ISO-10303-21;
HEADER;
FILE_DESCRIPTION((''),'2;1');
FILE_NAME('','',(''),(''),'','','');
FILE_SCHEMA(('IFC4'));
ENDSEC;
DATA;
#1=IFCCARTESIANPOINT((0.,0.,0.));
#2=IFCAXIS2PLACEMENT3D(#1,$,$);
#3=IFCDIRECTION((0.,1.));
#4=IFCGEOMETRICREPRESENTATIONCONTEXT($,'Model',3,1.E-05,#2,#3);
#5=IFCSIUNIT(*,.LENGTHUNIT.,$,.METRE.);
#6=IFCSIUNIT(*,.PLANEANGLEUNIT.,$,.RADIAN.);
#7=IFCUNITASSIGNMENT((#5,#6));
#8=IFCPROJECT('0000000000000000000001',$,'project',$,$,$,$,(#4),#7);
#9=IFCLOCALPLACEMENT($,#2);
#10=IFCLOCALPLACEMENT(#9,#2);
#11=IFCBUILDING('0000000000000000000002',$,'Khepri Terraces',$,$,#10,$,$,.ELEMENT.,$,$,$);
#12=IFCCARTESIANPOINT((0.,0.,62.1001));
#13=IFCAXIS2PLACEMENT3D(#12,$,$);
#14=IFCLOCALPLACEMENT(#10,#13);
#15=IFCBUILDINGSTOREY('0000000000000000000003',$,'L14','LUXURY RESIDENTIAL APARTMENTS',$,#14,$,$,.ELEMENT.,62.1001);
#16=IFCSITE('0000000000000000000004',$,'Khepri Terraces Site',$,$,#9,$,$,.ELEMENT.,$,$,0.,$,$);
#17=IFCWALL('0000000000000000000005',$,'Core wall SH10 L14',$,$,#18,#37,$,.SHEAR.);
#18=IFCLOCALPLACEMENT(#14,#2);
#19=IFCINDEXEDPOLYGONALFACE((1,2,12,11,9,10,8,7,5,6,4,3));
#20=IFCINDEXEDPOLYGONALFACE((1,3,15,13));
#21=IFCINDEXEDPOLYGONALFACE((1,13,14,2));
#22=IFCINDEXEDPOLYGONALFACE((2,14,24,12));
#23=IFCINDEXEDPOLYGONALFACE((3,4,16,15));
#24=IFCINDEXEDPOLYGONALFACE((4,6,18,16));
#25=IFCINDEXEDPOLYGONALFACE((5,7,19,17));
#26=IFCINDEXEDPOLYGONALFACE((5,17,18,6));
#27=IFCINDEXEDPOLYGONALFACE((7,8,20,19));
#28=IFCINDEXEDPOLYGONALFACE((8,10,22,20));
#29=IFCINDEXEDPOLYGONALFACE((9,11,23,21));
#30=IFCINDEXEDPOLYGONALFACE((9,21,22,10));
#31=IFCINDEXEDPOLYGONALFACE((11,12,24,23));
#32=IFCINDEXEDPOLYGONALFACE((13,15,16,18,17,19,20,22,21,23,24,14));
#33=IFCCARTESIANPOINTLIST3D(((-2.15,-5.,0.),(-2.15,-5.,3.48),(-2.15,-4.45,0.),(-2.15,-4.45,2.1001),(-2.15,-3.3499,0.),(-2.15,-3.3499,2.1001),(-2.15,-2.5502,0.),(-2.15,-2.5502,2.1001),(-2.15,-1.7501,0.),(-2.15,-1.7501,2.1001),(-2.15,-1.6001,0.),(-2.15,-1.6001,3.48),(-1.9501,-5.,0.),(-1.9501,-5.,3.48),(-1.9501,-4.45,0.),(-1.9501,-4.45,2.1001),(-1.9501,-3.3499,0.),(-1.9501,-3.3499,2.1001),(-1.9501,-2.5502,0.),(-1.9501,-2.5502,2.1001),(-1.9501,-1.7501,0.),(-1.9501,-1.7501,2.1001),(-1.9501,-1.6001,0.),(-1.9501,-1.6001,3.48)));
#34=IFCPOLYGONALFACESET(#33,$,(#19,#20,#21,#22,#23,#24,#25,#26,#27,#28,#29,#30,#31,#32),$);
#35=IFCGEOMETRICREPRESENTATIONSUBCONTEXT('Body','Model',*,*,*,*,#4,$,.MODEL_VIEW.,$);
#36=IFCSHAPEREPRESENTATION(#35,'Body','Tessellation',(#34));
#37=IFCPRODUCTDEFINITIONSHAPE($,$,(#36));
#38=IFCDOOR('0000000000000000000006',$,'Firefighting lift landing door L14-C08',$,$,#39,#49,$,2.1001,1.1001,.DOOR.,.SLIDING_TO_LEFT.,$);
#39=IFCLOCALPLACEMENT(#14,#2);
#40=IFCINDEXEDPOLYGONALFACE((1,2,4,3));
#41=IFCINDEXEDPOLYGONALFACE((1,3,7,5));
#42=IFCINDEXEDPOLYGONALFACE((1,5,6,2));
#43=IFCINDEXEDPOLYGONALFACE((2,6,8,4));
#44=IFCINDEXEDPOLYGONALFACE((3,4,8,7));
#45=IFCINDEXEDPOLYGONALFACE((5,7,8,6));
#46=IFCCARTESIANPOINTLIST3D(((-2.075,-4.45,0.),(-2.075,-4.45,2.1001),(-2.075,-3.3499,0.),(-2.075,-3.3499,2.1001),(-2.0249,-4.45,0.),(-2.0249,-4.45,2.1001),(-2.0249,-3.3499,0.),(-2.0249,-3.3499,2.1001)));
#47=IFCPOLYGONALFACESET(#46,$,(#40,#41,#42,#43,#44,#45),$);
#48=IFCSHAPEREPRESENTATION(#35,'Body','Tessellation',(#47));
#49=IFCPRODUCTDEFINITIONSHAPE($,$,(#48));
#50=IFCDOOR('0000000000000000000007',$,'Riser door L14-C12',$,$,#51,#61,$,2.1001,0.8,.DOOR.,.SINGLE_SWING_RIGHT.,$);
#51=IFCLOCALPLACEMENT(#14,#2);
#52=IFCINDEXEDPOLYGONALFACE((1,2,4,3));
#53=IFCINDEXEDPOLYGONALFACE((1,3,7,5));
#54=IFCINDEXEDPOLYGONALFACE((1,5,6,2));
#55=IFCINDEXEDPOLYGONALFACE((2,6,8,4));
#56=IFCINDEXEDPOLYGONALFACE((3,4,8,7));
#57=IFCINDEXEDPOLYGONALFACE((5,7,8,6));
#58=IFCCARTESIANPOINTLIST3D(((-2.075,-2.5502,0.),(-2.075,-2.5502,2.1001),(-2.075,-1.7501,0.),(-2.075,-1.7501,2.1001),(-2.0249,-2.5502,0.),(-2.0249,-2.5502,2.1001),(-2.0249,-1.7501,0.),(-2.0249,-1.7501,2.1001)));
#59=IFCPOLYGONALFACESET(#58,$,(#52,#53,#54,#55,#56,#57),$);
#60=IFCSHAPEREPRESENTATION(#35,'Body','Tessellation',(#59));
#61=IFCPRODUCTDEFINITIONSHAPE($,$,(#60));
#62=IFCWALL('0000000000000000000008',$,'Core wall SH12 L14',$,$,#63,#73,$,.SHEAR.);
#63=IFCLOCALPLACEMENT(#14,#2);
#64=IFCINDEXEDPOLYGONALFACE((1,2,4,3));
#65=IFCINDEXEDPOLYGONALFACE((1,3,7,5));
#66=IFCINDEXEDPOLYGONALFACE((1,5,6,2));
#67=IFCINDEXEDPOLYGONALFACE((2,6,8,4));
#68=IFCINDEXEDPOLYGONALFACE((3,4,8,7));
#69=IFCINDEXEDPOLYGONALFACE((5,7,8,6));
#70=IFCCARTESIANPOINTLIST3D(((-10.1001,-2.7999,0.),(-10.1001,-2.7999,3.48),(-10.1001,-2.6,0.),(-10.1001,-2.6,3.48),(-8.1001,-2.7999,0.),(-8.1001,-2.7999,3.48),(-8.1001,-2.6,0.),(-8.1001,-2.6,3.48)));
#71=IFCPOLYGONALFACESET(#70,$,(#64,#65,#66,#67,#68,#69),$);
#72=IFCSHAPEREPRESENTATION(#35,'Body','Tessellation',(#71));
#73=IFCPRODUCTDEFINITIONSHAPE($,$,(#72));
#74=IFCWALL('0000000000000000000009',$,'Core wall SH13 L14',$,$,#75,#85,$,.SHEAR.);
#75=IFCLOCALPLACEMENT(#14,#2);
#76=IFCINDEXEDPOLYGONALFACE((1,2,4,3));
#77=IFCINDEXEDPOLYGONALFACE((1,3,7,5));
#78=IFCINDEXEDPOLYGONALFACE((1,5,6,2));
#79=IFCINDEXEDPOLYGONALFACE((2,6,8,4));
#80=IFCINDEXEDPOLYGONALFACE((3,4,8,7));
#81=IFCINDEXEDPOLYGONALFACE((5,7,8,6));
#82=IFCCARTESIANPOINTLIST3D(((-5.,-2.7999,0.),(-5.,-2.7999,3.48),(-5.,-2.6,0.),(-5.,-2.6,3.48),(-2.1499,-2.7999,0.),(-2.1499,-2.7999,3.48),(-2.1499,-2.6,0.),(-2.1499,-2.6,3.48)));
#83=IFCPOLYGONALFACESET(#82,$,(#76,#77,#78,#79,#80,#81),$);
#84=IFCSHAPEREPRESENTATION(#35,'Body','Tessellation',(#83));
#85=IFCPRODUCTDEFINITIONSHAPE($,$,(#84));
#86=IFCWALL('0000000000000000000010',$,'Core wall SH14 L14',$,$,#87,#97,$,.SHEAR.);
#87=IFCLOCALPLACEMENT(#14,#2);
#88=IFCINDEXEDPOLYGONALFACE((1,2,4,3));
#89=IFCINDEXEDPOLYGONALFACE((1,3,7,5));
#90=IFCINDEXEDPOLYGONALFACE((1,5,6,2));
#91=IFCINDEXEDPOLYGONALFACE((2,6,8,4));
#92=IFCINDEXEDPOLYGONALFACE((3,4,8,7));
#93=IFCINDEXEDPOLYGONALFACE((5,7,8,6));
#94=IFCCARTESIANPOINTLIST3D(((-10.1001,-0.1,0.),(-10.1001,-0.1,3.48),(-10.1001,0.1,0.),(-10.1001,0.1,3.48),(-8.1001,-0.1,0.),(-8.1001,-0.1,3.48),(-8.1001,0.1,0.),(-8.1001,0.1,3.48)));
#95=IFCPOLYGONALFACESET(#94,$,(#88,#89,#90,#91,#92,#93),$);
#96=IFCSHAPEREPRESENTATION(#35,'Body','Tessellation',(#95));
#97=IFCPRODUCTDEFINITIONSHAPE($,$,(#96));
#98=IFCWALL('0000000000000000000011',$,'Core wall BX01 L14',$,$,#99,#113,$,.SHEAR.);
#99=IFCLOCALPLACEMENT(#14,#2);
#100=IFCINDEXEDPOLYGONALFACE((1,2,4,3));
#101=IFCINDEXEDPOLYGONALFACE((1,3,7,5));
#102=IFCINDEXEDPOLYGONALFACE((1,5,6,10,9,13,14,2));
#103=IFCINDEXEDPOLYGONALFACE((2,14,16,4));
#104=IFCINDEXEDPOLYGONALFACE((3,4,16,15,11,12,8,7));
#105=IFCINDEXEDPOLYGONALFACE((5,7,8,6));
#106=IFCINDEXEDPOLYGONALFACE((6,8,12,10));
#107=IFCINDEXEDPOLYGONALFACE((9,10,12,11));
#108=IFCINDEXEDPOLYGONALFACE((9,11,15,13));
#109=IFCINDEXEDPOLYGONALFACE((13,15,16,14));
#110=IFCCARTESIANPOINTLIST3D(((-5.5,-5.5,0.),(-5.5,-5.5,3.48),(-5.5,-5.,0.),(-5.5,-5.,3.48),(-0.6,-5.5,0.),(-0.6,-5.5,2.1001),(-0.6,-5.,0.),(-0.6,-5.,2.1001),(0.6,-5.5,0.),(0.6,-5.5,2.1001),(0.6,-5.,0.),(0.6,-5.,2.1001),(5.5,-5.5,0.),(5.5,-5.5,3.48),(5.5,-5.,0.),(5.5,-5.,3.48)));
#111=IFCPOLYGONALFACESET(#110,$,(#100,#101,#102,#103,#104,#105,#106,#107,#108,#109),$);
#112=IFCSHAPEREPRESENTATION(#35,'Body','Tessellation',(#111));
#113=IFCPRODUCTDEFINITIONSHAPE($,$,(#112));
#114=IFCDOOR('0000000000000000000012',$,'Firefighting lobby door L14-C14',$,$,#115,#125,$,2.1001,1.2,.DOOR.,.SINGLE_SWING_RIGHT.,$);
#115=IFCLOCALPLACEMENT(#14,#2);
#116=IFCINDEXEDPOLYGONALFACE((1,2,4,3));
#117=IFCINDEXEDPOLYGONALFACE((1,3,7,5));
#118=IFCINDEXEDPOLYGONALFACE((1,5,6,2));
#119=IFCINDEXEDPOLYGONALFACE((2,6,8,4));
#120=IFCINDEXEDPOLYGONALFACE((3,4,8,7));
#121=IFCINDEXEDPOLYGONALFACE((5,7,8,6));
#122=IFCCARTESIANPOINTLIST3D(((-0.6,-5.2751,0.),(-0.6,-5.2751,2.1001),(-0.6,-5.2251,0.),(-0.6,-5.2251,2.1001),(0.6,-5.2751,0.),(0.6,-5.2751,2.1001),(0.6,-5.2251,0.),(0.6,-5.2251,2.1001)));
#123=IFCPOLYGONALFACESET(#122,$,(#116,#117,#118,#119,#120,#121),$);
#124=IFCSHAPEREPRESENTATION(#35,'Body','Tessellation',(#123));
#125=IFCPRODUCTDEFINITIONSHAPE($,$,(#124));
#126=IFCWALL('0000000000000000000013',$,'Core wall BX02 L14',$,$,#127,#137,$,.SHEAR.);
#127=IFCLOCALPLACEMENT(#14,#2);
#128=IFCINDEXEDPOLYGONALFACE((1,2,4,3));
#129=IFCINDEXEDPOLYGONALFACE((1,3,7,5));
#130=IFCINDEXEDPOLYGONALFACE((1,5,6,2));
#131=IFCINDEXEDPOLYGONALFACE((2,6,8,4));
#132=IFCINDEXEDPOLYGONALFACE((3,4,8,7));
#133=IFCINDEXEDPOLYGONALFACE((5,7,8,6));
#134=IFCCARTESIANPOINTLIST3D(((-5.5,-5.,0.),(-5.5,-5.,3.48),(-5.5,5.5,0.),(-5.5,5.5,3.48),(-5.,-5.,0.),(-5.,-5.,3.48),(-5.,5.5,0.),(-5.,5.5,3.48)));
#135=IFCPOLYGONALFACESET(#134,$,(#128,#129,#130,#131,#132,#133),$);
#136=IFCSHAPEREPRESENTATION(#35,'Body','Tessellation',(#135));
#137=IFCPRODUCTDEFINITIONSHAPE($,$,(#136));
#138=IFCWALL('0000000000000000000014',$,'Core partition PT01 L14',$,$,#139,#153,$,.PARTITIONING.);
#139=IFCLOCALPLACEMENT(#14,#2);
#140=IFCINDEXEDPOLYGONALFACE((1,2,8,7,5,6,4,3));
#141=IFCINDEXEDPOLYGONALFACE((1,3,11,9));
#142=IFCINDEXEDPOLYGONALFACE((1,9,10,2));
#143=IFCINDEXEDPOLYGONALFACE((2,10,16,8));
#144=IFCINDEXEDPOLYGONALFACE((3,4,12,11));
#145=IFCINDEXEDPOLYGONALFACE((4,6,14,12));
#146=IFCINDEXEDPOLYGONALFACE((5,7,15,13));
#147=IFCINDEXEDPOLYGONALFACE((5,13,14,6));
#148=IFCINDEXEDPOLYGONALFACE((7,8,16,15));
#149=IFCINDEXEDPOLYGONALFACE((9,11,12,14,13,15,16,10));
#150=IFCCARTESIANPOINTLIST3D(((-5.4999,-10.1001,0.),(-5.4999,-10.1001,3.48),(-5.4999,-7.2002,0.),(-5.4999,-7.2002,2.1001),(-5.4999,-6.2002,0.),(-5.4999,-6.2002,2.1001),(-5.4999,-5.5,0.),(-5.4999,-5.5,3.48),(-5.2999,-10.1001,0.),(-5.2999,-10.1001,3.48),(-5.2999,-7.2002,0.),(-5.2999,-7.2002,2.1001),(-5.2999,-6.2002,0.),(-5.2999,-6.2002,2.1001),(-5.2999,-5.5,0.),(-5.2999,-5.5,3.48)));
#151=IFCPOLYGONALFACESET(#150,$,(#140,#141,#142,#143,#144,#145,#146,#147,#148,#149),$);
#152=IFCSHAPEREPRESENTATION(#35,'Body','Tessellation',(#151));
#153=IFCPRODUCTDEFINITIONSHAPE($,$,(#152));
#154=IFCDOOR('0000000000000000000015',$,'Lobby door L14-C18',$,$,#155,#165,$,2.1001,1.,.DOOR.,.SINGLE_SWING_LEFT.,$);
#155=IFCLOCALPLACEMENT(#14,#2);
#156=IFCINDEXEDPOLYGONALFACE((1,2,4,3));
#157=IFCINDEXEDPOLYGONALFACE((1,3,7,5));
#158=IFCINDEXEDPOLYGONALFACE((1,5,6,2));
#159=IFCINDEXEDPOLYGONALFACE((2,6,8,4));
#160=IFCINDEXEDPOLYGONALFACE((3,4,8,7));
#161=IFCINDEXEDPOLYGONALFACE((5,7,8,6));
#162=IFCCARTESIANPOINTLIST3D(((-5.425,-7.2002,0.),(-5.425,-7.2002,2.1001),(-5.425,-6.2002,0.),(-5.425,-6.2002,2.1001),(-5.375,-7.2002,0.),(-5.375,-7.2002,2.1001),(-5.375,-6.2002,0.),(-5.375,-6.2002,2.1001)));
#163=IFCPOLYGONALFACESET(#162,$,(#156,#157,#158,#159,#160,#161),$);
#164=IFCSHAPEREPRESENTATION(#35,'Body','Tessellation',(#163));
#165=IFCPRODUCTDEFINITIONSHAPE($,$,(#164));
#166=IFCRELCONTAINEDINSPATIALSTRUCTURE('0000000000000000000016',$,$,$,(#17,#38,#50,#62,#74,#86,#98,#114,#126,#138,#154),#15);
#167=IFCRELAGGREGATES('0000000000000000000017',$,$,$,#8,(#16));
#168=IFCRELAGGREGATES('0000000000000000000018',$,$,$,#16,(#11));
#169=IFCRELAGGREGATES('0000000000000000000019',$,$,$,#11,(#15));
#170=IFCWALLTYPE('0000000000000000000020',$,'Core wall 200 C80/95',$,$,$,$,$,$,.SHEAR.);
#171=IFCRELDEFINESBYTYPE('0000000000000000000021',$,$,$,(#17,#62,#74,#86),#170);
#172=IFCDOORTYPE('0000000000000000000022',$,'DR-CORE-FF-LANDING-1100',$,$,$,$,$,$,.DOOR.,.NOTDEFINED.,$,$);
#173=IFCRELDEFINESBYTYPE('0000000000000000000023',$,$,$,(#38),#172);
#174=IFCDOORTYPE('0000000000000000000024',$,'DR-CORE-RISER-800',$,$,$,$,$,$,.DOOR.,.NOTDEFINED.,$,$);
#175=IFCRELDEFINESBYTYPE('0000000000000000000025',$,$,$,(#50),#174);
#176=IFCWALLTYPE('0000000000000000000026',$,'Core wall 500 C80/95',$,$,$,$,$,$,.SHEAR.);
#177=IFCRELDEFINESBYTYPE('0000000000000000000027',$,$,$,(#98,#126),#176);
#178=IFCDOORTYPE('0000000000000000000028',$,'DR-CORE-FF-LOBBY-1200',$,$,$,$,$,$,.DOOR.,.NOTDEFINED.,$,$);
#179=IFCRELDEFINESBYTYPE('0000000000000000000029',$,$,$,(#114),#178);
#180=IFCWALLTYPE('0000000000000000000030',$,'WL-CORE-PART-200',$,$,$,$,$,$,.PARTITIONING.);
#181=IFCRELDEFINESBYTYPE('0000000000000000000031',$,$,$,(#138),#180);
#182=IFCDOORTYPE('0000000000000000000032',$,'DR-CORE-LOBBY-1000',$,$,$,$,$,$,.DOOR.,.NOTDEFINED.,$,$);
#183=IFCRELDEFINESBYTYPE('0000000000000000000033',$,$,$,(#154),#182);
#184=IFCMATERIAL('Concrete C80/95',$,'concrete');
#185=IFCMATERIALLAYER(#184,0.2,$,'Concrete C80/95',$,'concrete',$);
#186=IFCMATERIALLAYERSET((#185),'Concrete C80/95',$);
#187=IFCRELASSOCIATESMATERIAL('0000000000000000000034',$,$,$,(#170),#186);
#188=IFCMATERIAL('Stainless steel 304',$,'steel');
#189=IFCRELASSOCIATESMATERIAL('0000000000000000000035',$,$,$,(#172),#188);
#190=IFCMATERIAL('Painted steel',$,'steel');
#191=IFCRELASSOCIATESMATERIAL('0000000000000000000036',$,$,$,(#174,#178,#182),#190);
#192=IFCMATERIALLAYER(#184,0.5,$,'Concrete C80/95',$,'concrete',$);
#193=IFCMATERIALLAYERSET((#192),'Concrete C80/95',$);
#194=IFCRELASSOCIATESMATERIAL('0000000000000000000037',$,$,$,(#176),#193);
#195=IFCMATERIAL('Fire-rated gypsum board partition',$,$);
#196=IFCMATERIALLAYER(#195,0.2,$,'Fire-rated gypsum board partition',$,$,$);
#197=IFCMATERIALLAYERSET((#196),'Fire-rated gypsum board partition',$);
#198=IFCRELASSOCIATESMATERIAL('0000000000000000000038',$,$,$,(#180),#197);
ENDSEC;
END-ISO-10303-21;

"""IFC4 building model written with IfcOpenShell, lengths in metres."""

from ifc_helpers import new_model, si_unit, direction, frame, frame_2d, origin, place, context, subcontext, project, spatial, rectangle, extrude, material, layer, layer_set, type_object, element, fill, save


model = new_model("IFC4")

# Units and contexts
model_context = context("Model", 3, precision=1e-05, world=origin(), true_north=direction((0.0, 1.0)))
body_context = subcontext(model_context, "Body", "Model", "MODEL_VIEW")
ifc_project = project(units=[si_unit("LENGTHUNIT", "METRE"), si_unit("PLANEANGLEUNIT", "RADIAN")], contexts=[model_context])

# Site, building, storey
site_placement = place(None, origin())
site = spatial("IfcSite", under=ifc_project, at=site_placement, Name="Khepri Terraces Site", CompositionType="ELEMENT", RefElevation=0.0)
building_placement = place(site_placement, origin())
building = spatial("IfcBuilding", under=site, at=building_placement, Name="Khepri Terraces", CompositionType="ELEMENT")
storey_placement = place(building_placement, frame((0.0, 0.0, 62.1001)))
storey = spatial("IfcBuildingStorey", under=building, at=storey_placement, Name="L14", Description="LUXURY RESIDENTIAL APARTMENTS", CompositionType="ELEMENT", Elevation=62.1001)

# Shared definitions
ifc_material_1 = material(Name="Concrete C80/95", Category="concrete")
ifc_layer_1 = layer(ifc_material_1, 0.2, Name="Concrete C80/95", Category="concrete")
ifc_layer_set_1 = layer_set([ifc_layer_1], Name="Concrete C80/95")
wall_type_1 = type_object("IfcWallType", Name="Core wall 200 C80/95", PredefinedType="SHEAR", material=ifc_layer_set_1)

# Shared definitions
ifc_material_2 = material(Name="Painted steel", Category="steel")

# Wall, openings, doors
ifc_material_3 = material(Name="Stainless steel 304", Category="steel")
wall_1_placement = place(storey_placement, frame((-2.05, -5.0, 0.0), z_axis=(0.0, 0.0, 1.0), x_axis=(0.0, 1.0, 0.0)))
wall_1 = element("IfcWall", 1, at=wall_1_placement, inside=storey, type_object=wall_type_1, Name="Core wall SH10 L14", PredefinedType="SHEAR", context=body_context, shape_type="SweptSolid", body=[
    extrude(rectangle(XDim=3.3999, YDim=0.2, at=frame_2d((1.7, 0.0))), origin(), (0.0, 0.0, 1.0), 3.48),
])
opening_1_placement = place(wall_1_placement, frame((0.55, 0.0, 0.0)))
opening_1 = element("IfcOpeningElement", 2, at=opening_1_placement, cuts=wall_1, PredefinedType="OPENING", context=body_context, shape_type="SweptSolid", body=[
    extrude(rectangle(XDim=1.1001, YDim=2.1001, at=frame_2d((0.55, 1.05))), frame((0.0, 0.1099, 0.0), z_axis=(0.0, -1.0, 0.0), x_axis=(1.0, 0.0, 0.0)), (0.0, 0.0, 1.0), 0.22),
])
opening_2_placement = place(wall_1_placement, frame((2.45, 0.0, 0.0)))
opening_2 = element("IfcOpeningElement", 3, at=opening_2_placement, cuts=wall_1, PredefinedType="OPENING", context=body_context, shape_type="SweptSolid", body=[
    extrude(rectangle(XDim=0.8, YDim=2.1001, at=frame_2d((0.3999, 1.05))), frame((0.0, 0.1099, 0.0), z_axis=(0.0, -1.0, 0.0), x_axis=(1.0, 0.0, 0.0)), (0.0, 0.0, 1.0), 0.22),
])
door_type_1 = type_object("IfcDoorType", Name="DR-CORE-FF-LANDING-1100", OperationType="NOTDEFINED", PredefinedType="DOOR", material=ifc_material_3)
door_1_placement = place(opening_1_placement, origin())
door_1 = element("IfcDoor", 4, at=door_1_placement, inside=storey, type_object=door_type_1, Name="Firefighting lift landing door L14-C08", OperationType="SLIDING_TO_LEFT", OverallHeight=2.1001, OverallWidth=1.1001, PredefinedType="DOOR", context=body_context, shape_type="SweptSolid", body=[
    extrude(rectangle(XDim=1.1001, YDim=2.1001, at=frame_2d((0.55, 1.05))), frame((0.0, 0.0249, 0.0), z_axis=(0.0, -1.0, 0.0), x_axis=(1.0, 0.0, 0.0)), (0.0, 0.0, 1.0), 0.05),
])
fill(opening_1, door_1)
door_type_2 = type_object("IfcDoorType", Name="DR-CORE-RISER-800", OperationType="NOTDEFINED", PredefinedType="DOOR", material=ifc_material_2)
door_2_placement = place(opening_2_placement, origin())
door_2 = element("IfcDoor", 5, at=door_2_placement, inside=storey, type_object=door_type_2, Name="Riser door L14-C12", OperationType="SINGLE_SWING_RIGHT", OverallHeight=2.1001, OverallWidth=0.8, PredefinedType="DOOR", context=body_context, shape_type="SweptSolid", body=[
    extrude(rectangle(XDim=0.8, YDim=2.1001, at=frame_2d((0.3999, 1.05))), frame((0.0, 0.0249, 0.0), z_axis=(0.0, -1.0, 0.0), x_axis=(1.0, 0.0, 0.0)), (0.0, 0.0, 1.0), 0.05),
])
fill(opening_2, door_2)

# Walls
wall_2_placement = place(storey_placement, frame((-10.1001, -2.7, 0.0), z_axis=(0.0, 0.0, 1.0), x_axis=(1.0, 0.0, 0.0)))
element("IfcWall", 6, at=wall_2_placement, inside=storey, type_object=wall_type_1, Name="Core wall SH12 L14", PredefinedType="SHEAR", context=body_context, shape_type="SweptSolid", body=[
    extrude(rectangle(XDim=2.0, YDim=0.2, at=frame_2d((1.0, 0.0))), origin(), (0.0, 0.0, 1.0), 3.48),
])
wall_3_placement = place(storey_placement, frame((-5.0, -2.7, 0.0), z_axis=(0.0, 0.0, 1.0), x_axis=(1.0, 0.0, 0.0)))
element("IfcWall", 7, at=wall_3_placement, inside=storey, type_object=wall_type_1, Name="Core wall SH13 L14", PredefinedType="SHEAR", context=body_context, shape_type="SweptSolid", body=[
    extrude(rectangle(XDim=2.8501, YDim=0.2, at=frame_2d((1.425, 0.0))), origin(), (0.0, 0.0, 1.0), 3.48),
])
wall_4_placement = place(storey_placement, frame((-10.1001, 0.0, 0.0), z_axis=(0.0, 0.0, 1.0), x_axis=(1.0, 0.0, 0.0)))
element("IfcWall", 8, at=wall_4_placement, inside=storey, type_object=wall_type_1, Name="Core wall SH14 L14", PredefinedType="SHEAR", context=body_context, shape_type="SweptSolid", body=[
    extrude(rectangle(XDim=2.0, YDim=0.2, at=frame_2d((1.0, 0.0))), origin(), (0.0, 0.0, 1.0), 3.48),
])

# Wall, opening, door
ifc_layer_2 = layer(ifc_material_1, 0.5, Name="Concrete C80/95", Category="concrete")
ifc_layer_set_2 = layer_set([ifc_layer_2], Name="Concrete C80/95")
wall_type_2 = type_object("IfcWallType", Name="Core wall 500 C80/95", PredefinedType="SHEAR", material=ifc_layer_set_2)
wall_5_placement = place(storey_placement, frame((-5.5, -5.25, 0.0), z_axis=(0.0, 0.0, 1.0), x_axis=(1.0, 0.0, 0.0)))
wall_5 = element("IfcWall", 9, at=wall_5_placement, inside=storey, type_object=wall_type_2, Name="Core wall BX01 L14", PredefinedType="SHEAR", context=body_context, shape_type="SweptSolid", body=[
    extrude(rectangle(XDim=11.0, YDim=0.5, at=frame_2d((5.5, 0.0))), origin(), (0.0, 0.0, 1.0), 3.48),
])
opening_3_placement = place(wall_5_placement, frame((4.8999, 0.0, 0.0)))
opening_3 = element("IfcOpeningElement", 10, at=opening_3_placement, cuts=wall_5, PredefinedType="OPENING", context=body_context, shape_type="SweptSolid", body=[
    extrude(rectangle(XDim=1.2, YDim=2.1001, at=frame_2d((0.6001, 1.05))), frame((0.0, 0.26, 0.0), z_axis=(0.0, -1.0, 0.0), x_axis=(1.0, 0.0, 0.0)), (0.0, 0.0, 1.0), 0.52),
])
door_type_3 = type_object("IfcDoorType", Name="DR-CORE-FF-LOBBY-1200", OperationType="NOTDEFINED", PredefinedType="DOOR", material=ifc_material_2)
door_3_placement = place(opening_3_placement, origin())
door_3 = element("IfcDoor", 11, at=door_3_placement, inside=storey, type_object=door_type_3, Name="Firefighting lobby door L14-C14", OperationType="SINGLE_SWING_RIGHT", OverallHeight=2.1001, OverallWidth=1.2, PredefinedType="DOOR", context=body_context, shape_type="SweptSolid", body=[
    extrude(rectangle(XDim=1.2, YDim=2.1001, at=frame_2d((0.6001, 1.05))), frame((0.0, 0.0249, 0.0), z_axis=(0.0, -1.0, 0.0), x_axis=(1.0, 0.0, 0.0)), (0.0, 0.0, 1.0), 0.05),
])
fill(opening_3, door_3)

# Wall
wall_6_placement = place(storey_placement, frame((-5.25, -5.0, 0.0), z_axis=(0.0, 0.0, 1.0), x_axis=(0.0, 1.0, 0.0)))
element("IfcWall", 12, at=wall_6_placement, inside=storey, type_object=wall_type_2, Name="Core wall BX02 L14", PredefinedType="SHEAR", context=body_context, shape_type="SweptSolid", body=[
    extrude(rectangle(XDim=10.5, YDim=0.5, at=frame_2d((5.25, 0.0))), origin(), (0.0, 0.0, 1.0), 3.48),
])

# Wall, opening, door
ifc_material_4 = material(Name="Fire-rated gypsum board partition")
ifc_layer_3 = layer(ifc_material_4, 0.2, Name="Fire-rated gypsum board partition")
ifc_layer_set_3 = layer_set([ifc_layer_3], Name="Fire-rated gypsum board partition")
wall_type_3 = type_object("IfcWallType", Name="WL-CORE-PART-200", PredefinedType="PARTITIONING", material=ifc_layer_set_3)
wall_7_placement = place(storey_placement, frame((-5.3999, -10.1001, 0.0), z_axis=(0.0, 0.0, 1.0), x_axis=(0.0, 1.0, 0.0)))
wall_7 = element("IfcWall", 13, at=wall_7_placement, inside=storey, type_object=wall_type_3, Name="Core partition PT01 L14", PredefinedType="PARTITIONING", context=body_context, shape_type="SweptSolid", body=[
    extrude(rectangle(XDim=4.6001, YDim=0.2, at=frame_2d((2.3, 0.0))), origin(), (0.0, 0.0, 1.0), 3.48),
])
opening_4_placement = place(wall_7_placement, frame((2.8999, 0.0, 0.0)))
opening_4 = element("IfcOpeningElement", 14, at=opening_4_placement, cuts=wall_7, PredefinedType="OPENING", context=body_context, shape_type="SweptSolid", body=[
    extrude(rectangle(XDim=1.0, YDim=2.1001, at=frame_2d((0.5, 1.05))), frame((0.0, 0.1099, 0.0), z_axis=(0.0, -1.0, 0.0), x_axis=(1.0, 0.0, 0.0)), (0.0, 0.0, 1.0), 0.22),
])
door_type_4 = type_object("IfcDoorType", Name="DR-CORE-LOBBY-1000", OperationType="NOTDEFINED", PredefinedType="DOOR", material=ifc_material_2)
door_4_placement = place(opening_4_placement, frame((1.0, 0.0, 0.0), z_axis=(0.0, 0.0, 1.0), x_axis=(-1.0, 0.0, 0.0)))
door_4 = element("IfcDoor", 15, at=door_4_placement, inside=storey, type_object=door_type_4, Name="Lobby door L14-C18", OperationType="SINGLE_SWING_LEFT", OverallHeight=2.1001, OverallWidth=1.0, PredefinedType="DOOR", context=body_context, shape_type="SweptSolid", body=[
    extrude(rectangle(XDim=1.0, YDim=2.1001, at=frame_2d((0.5, 1.05))), frame((0.0, 0.0249, 0.0), z_axis=(0.0, -1.0, 0.0), x_axis=(1.0, 0.0, 0.0)), (0.0, 0.0, 1.0), 0.05),
])
fill(opening_4, door_4)

save(model, "model.ifc")
